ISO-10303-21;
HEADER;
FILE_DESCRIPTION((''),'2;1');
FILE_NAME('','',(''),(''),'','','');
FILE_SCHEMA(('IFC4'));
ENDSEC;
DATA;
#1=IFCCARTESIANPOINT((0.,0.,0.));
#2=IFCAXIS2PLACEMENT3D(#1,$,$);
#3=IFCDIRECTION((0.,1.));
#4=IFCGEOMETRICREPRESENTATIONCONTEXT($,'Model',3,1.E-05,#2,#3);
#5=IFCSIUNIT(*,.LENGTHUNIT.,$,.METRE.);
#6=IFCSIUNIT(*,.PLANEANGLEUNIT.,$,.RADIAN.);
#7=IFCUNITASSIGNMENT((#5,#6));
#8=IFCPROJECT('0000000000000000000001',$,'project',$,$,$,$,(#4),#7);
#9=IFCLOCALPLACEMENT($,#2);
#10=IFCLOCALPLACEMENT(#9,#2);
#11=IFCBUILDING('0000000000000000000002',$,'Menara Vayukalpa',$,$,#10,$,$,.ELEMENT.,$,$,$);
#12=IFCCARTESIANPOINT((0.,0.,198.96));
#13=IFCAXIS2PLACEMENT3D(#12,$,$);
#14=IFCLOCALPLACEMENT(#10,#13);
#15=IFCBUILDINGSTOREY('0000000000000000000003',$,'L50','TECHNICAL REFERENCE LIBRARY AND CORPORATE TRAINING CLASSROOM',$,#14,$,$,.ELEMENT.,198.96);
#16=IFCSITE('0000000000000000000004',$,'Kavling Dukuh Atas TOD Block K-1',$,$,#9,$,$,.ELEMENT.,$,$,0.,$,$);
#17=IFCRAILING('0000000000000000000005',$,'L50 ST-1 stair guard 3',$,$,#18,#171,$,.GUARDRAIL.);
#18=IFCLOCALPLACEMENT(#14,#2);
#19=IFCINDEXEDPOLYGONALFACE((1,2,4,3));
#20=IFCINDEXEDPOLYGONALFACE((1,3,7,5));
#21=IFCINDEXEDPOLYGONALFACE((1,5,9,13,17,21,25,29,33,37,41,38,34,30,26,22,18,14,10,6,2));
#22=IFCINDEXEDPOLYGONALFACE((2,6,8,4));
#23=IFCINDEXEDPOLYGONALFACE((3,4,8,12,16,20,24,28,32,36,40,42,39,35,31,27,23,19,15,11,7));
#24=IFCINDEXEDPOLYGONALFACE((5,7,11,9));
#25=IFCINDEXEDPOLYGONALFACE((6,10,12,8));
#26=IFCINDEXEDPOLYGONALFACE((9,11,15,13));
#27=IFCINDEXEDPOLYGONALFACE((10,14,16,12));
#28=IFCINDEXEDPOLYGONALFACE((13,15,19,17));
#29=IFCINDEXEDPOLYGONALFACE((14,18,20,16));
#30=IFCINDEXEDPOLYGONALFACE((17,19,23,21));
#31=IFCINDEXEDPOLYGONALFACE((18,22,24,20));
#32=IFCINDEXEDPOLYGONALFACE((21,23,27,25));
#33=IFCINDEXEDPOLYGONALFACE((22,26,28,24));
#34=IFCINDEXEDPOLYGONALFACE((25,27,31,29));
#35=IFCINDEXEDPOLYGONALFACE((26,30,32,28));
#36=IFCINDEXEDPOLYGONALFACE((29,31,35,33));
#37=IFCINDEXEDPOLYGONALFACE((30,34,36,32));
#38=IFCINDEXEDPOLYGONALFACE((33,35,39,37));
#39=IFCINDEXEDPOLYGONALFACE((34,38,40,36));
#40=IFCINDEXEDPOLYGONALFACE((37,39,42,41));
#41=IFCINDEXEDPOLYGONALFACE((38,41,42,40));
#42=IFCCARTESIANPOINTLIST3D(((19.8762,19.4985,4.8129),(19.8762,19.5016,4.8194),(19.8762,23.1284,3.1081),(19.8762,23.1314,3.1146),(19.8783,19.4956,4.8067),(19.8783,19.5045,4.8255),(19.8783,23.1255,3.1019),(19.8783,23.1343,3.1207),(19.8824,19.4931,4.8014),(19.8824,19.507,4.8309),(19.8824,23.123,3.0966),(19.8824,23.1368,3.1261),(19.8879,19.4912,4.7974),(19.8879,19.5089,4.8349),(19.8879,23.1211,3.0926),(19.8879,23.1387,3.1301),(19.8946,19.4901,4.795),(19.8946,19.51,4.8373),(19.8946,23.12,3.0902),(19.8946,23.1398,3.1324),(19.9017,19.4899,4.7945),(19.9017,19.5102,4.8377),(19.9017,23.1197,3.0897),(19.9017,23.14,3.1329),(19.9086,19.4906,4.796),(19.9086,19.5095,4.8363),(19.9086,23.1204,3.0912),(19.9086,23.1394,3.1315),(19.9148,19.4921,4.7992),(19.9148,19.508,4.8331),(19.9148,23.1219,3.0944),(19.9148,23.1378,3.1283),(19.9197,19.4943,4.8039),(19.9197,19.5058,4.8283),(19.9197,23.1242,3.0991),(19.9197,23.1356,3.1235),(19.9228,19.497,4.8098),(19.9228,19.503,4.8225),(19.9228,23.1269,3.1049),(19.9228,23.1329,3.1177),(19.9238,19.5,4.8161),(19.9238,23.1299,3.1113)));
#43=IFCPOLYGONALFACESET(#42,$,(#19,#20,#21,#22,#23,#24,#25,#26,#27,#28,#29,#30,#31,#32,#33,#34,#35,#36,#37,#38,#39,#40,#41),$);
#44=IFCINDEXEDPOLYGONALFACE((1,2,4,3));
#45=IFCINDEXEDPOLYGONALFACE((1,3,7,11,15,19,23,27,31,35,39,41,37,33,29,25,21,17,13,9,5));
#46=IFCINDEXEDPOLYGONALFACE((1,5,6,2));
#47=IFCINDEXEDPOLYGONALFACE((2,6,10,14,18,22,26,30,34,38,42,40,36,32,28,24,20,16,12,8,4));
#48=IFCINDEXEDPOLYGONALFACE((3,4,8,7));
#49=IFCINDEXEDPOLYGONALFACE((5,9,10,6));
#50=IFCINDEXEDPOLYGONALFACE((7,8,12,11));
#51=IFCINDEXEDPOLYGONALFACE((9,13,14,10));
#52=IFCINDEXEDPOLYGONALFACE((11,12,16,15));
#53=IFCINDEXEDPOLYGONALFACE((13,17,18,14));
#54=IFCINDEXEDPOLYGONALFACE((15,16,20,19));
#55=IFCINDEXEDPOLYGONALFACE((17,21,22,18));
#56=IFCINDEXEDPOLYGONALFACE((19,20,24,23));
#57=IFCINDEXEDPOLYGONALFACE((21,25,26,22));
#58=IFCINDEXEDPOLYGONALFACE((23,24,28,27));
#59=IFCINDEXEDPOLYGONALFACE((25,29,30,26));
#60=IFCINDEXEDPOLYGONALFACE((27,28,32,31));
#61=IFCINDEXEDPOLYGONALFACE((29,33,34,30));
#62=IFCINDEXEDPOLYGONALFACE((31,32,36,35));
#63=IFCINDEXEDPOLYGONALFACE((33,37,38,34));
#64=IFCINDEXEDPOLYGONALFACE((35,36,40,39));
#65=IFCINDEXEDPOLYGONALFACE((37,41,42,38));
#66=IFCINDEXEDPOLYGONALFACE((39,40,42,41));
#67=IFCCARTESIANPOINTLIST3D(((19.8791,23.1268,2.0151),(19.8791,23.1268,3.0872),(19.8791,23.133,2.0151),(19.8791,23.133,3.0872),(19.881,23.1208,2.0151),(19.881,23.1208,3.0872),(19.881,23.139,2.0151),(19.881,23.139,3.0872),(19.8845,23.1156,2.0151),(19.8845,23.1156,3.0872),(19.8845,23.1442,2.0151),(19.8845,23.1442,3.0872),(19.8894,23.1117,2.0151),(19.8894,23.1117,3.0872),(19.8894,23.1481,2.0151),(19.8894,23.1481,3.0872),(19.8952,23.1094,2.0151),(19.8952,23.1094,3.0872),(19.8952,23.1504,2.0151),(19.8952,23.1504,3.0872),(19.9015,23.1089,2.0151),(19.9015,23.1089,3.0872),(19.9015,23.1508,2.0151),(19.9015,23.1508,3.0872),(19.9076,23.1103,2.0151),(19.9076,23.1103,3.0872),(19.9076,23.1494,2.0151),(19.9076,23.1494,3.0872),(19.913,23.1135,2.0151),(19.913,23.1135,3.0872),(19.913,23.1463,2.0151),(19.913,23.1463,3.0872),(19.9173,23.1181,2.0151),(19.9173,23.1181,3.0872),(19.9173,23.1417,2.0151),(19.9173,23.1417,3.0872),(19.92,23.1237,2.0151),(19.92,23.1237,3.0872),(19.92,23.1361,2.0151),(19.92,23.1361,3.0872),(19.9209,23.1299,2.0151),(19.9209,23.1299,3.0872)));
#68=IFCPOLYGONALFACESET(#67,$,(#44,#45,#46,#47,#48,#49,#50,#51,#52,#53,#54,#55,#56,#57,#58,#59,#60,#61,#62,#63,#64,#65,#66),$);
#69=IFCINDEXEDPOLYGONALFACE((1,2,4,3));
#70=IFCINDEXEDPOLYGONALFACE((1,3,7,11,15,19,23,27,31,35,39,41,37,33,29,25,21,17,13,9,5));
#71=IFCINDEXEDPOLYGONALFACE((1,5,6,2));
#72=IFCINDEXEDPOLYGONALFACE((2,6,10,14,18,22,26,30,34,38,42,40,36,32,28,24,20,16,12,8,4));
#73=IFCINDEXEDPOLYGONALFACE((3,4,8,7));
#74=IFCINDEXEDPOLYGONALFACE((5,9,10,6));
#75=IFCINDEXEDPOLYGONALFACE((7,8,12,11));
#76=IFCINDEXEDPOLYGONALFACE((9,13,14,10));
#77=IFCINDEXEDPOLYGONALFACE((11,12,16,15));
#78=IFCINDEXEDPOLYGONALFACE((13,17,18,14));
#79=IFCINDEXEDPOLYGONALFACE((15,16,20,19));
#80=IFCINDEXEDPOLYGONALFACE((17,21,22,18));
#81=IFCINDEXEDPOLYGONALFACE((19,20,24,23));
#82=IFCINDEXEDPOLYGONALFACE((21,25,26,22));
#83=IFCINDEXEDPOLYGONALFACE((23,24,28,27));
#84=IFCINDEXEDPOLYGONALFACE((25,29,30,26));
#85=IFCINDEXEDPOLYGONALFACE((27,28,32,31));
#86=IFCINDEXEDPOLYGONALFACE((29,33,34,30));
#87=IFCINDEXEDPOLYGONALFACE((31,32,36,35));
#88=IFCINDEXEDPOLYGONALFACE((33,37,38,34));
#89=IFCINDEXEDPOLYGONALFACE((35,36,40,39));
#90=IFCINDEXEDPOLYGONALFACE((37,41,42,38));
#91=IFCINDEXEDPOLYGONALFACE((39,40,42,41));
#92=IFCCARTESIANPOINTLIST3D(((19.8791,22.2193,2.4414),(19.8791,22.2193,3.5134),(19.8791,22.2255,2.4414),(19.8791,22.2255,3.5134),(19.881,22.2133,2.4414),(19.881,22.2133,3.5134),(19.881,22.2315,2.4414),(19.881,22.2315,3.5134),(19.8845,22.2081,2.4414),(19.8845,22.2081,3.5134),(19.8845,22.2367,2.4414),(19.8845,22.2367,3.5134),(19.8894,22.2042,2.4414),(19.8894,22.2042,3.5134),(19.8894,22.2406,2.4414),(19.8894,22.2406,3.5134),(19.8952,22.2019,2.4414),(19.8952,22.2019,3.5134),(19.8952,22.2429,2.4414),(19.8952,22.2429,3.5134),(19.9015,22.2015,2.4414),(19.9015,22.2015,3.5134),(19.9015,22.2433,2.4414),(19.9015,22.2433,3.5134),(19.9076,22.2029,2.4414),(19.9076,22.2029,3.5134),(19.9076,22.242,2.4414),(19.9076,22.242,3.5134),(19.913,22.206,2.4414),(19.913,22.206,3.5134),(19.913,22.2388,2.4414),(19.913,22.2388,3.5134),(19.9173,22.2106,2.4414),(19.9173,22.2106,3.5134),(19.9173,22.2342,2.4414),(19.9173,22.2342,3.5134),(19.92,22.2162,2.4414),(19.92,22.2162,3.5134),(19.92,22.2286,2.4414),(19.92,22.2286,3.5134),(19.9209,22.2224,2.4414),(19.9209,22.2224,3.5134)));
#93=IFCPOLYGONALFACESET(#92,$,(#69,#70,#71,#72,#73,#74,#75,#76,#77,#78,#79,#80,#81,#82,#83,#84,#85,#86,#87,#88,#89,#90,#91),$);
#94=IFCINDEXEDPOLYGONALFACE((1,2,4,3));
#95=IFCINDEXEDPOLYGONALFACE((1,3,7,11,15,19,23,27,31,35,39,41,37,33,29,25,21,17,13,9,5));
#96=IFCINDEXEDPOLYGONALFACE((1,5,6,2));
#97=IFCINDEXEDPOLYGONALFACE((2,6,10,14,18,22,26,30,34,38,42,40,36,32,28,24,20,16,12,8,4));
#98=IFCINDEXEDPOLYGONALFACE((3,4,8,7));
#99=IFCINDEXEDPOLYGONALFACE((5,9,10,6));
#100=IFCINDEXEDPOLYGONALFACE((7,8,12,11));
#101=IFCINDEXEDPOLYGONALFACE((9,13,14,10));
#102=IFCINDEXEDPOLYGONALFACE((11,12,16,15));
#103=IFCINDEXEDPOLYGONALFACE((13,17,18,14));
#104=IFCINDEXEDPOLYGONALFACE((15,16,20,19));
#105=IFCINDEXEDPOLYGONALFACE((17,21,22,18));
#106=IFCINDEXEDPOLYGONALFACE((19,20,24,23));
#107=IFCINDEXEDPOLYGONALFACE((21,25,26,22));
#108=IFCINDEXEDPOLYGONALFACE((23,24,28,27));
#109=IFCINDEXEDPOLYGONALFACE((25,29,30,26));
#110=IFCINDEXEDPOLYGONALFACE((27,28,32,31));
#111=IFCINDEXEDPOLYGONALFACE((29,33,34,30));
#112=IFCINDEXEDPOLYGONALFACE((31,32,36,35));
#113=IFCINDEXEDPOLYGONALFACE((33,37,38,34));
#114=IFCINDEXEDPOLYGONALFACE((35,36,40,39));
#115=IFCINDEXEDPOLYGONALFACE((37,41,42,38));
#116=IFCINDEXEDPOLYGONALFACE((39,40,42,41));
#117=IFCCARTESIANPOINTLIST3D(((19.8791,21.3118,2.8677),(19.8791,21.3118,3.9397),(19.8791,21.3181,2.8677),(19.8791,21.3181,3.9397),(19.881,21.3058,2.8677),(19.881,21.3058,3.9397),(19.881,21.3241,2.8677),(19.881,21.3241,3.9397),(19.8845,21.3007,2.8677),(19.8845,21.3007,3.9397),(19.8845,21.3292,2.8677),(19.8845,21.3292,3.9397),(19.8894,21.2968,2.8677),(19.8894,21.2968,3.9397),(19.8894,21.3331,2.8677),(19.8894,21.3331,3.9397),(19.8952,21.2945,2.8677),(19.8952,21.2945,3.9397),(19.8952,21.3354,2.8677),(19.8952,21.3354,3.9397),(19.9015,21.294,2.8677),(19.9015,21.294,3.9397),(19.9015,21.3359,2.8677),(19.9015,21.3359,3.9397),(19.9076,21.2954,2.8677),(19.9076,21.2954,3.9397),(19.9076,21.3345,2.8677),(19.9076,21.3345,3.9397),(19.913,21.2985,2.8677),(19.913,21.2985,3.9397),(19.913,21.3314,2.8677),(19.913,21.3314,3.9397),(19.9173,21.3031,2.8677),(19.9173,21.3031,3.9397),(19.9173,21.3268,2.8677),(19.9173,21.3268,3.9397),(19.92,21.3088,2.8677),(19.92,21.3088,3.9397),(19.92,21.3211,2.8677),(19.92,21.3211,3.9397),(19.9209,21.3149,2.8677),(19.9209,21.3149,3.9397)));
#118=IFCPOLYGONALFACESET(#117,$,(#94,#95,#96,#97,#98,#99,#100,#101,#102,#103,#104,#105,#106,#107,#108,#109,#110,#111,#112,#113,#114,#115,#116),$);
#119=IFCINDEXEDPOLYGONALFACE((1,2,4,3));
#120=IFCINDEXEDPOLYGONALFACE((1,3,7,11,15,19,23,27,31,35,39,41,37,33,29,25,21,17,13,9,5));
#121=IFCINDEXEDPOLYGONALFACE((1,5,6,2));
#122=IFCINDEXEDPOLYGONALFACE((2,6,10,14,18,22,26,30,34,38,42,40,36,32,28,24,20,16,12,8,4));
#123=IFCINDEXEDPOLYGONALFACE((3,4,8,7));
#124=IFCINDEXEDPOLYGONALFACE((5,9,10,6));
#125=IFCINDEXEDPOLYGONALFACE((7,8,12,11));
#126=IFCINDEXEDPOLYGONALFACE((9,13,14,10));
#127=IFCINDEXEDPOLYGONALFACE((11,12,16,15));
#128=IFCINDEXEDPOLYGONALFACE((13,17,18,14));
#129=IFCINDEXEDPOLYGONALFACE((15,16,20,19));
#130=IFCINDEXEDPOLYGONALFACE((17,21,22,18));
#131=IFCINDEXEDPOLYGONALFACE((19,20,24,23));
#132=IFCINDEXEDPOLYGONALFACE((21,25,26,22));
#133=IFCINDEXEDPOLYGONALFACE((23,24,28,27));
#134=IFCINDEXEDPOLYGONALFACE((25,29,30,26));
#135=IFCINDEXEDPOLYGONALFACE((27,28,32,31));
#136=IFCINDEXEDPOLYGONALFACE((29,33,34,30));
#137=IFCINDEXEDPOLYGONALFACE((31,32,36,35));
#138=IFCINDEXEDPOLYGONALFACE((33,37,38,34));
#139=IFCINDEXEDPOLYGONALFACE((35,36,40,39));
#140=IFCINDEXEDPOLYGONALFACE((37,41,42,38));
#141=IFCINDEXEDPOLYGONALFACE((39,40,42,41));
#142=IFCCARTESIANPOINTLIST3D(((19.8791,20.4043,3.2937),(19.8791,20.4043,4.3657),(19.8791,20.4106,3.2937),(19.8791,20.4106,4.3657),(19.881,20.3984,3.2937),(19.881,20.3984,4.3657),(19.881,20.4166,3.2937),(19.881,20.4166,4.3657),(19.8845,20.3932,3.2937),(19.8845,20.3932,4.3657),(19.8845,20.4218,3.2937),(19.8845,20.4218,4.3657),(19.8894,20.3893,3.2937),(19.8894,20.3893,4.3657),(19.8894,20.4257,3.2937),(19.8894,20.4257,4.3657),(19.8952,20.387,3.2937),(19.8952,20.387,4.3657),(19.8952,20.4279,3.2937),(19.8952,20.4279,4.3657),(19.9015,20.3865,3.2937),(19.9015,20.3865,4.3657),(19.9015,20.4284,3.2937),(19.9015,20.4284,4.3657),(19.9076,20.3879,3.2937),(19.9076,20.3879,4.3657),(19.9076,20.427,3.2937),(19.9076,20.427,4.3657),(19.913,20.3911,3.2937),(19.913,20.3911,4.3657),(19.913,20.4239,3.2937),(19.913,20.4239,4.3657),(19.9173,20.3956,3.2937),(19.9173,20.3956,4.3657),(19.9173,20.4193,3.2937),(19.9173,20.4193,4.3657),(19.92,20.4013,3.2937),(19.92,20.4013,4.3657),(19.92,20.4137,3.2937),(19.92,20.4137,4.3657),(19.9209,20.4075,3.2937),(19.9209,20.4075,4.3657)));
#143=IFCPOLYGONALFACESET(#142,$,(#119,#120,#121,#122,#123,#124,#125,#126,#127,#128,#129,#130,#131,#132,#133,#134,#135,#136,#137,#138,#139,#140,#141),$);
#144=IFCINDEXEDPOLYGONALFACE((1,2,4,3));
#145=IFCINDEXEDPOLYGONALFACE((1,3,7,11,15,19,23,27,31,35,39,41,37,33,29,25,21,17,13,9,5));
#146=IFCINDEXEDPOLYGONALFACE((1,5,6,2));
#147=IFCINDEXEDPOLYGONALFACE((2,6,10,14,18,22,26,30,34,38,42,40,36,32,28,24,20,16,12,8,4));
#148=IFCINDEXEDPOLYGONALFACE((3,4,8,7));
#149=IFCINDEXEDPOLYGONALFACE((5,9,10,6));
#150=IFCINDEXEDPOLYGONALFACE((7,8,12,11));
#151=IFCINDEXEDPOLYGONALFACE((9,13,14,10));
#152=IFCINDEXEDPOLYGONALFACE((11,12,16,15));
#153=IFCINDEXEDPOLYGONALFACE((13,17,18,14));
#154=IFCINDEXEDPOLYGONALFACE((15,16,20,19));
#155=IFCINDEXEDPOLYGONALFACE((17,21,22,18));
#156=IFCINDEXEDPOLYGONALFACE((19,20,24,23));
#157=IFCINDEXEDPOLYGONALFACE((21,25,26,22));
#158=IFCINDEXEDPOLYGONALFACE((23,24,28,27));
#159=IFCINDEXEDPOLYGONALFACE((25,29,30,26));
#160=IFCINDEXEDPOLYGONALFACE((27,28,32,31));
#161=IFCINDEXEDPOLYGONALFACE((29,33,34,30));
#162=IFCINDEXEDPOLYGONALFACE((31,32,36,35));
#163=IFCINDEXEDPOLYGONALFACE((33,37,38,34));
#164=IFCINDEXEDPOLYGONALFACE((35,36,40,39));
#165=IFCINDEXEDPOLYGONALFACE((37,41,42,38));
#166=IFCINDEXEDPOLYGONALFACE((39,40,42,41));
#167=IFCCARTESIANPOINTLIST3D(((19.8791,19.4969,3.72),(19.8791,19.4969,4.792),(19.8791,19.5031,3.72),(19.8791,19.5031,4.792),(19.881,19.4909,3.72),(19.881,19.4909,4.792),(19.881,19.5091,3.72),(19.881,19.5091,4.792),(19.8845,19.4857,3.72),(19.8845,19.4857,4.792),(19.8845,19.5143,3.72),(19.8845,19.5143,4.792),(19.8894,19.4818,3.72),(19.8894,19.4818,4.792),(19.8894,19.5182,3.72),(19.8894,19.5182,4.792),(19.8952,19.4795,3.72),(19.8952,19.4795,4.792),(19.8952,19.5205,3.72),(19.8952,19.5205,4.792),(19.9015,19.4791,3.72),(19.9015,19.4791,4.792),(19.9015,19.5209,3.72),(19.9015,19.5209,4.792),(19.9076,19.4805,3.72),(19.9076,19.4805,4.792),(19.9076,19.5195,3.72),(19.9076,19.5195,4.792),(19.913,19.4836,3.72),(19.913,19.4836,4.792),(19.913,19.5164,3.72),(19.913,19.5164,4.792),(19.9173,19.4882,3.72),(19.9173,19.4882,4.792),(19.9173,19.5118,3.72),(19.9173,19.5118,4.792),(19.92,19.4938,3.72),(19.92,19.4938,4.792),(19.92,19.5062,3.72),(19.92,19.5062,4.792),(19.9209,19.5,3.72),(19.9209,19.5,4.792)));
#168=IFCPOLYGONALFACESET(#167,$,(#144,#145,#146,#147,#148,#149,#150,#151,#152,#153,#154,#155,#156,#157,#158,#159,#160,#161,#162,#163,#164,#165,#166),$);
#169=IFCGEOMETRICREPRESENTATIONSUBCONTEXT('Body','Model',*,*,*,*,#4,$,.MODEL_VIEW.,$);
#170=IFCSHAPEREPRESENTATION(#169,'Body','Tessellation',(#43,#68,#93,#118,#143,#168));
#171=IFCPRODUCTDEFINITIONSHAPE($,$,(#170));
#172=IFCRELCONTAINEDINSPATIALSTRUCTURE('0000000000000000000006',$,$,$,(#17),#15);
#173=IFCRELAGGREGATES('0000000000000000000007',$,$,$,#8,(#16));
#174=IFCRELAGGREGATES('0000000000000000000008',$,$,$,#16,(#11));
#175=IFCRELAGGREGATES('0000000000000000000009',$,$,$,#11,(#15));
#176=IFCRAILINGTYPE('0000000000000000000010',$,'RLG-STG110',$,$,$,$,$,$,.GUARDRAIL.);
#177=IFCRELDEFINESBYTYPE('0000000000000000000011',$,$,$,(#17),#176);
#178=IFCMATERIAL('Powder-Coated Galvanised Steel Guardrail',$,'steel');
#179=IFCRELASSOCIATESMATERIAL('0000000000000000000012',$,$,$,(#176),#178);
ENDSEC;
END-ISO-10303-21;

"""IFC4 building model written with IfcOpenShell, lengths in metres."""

from ifc_helpers import new_model, si_unit, direction, frame, origin, origin_2d, place, context, subcontext, project, spatial, circle, extrude, material, type_object, element, save


model = new_model("IFC4")

# Units and contexts
model_context = context("Model", 3, precision=1e-05, world=origin(), true_north=direction((0.0, 1.0)))
body_context = subcontext(model_context, "Body", "Model", "MODEL_VIEW")
ifc_project = project(units=[si_unit("LENGTHUNIT", "METRE"), si_unit("PLANEANGLEUNIT", "RADIAN")], contexts=[model_context])

# Site, building, storey
site_placement = place(None, origin())
site = spatial("IfcSite", under=ifc_project, at=site_placement, Name="Kavling Dukuh Atas TOD Block K-1", CompositionType="ELEMENT", RefElevation=0.0)
building_placement = place(site_placement, origin())
building = spatial("IfcBuilding", under=site, at=building_placement, Name="Menara Vayukalpa", CompositionType="ELEMENT")
storey_placement = place(building_placement, frame((0.0, 0.0, 198.96)))
storey = spatial("IfcBuildingStorey", under=building, at=storey_placement, Name="L50", Description="TECHNICAL REFERENCE LIBRARY AND CORPORATE TRAINING CLASSROOM", CompositionType="ELEMENT", Elevation=198.96)

# Railing
ifc_material_1 = material(Name="Powder-Coated Galvanised Steel Guardrail", Category="steel")
railing_type_1 = type_object("IfcRailingType", Name="RLG-STG110", PredefinedType="GUARDRAIL", material=ifc_material_1)
railing_1_placement = place(storey_placement, frame((19.8999, 23.1299, 2.0151)))
element("IfcRailing", 1, at=railing_1_placement, inside=storey, type_object=railing_type_1, Name="L50 ST-1 stair guard 3", PredefinedType="GUARDRAIL", context=body_context, shape_type="SweptSolid", body=[
    extrude(circle(Radius=0.0239, at=origin_2d()), frame((0.0, 0.0, 1.0962), z_axis=(0.0, -0.90514, 0.425114), x_axis=(1.0, 0.0, 0.0)), (0.0, 0.0, 1.0), 4.0103),
    extrude(circle(Radius=0.021, at=origin_2d()), origin(), (0.0, 0.0, 1.0), 1.072),
    extrude(circle(Radius=0.021, at=origin_2d()), frame((0.0, -0.9075, 0.4263)), (0.0, 0.0, 1.0), 1.072),
    extrude(circle(Radius=0.021, at=origin_2d()), frame((0.0, -1.8149, 0.8525)), (0.0, 0.0, 1.0), 1.072),
    extrude(circle(Radius=0.021, at=origin_2d()), frame((0.0, -2.7224, 1.2786)), (0.0, 0.0, 1.0), 1.072),
    extrude(circle(Radius=0.021, at=origin_2d()), frame((0.0, -3.6299, 1.7048)), (0.0, 0.0, 1.0), 1.072),
])

save(model, "model.ifc")
